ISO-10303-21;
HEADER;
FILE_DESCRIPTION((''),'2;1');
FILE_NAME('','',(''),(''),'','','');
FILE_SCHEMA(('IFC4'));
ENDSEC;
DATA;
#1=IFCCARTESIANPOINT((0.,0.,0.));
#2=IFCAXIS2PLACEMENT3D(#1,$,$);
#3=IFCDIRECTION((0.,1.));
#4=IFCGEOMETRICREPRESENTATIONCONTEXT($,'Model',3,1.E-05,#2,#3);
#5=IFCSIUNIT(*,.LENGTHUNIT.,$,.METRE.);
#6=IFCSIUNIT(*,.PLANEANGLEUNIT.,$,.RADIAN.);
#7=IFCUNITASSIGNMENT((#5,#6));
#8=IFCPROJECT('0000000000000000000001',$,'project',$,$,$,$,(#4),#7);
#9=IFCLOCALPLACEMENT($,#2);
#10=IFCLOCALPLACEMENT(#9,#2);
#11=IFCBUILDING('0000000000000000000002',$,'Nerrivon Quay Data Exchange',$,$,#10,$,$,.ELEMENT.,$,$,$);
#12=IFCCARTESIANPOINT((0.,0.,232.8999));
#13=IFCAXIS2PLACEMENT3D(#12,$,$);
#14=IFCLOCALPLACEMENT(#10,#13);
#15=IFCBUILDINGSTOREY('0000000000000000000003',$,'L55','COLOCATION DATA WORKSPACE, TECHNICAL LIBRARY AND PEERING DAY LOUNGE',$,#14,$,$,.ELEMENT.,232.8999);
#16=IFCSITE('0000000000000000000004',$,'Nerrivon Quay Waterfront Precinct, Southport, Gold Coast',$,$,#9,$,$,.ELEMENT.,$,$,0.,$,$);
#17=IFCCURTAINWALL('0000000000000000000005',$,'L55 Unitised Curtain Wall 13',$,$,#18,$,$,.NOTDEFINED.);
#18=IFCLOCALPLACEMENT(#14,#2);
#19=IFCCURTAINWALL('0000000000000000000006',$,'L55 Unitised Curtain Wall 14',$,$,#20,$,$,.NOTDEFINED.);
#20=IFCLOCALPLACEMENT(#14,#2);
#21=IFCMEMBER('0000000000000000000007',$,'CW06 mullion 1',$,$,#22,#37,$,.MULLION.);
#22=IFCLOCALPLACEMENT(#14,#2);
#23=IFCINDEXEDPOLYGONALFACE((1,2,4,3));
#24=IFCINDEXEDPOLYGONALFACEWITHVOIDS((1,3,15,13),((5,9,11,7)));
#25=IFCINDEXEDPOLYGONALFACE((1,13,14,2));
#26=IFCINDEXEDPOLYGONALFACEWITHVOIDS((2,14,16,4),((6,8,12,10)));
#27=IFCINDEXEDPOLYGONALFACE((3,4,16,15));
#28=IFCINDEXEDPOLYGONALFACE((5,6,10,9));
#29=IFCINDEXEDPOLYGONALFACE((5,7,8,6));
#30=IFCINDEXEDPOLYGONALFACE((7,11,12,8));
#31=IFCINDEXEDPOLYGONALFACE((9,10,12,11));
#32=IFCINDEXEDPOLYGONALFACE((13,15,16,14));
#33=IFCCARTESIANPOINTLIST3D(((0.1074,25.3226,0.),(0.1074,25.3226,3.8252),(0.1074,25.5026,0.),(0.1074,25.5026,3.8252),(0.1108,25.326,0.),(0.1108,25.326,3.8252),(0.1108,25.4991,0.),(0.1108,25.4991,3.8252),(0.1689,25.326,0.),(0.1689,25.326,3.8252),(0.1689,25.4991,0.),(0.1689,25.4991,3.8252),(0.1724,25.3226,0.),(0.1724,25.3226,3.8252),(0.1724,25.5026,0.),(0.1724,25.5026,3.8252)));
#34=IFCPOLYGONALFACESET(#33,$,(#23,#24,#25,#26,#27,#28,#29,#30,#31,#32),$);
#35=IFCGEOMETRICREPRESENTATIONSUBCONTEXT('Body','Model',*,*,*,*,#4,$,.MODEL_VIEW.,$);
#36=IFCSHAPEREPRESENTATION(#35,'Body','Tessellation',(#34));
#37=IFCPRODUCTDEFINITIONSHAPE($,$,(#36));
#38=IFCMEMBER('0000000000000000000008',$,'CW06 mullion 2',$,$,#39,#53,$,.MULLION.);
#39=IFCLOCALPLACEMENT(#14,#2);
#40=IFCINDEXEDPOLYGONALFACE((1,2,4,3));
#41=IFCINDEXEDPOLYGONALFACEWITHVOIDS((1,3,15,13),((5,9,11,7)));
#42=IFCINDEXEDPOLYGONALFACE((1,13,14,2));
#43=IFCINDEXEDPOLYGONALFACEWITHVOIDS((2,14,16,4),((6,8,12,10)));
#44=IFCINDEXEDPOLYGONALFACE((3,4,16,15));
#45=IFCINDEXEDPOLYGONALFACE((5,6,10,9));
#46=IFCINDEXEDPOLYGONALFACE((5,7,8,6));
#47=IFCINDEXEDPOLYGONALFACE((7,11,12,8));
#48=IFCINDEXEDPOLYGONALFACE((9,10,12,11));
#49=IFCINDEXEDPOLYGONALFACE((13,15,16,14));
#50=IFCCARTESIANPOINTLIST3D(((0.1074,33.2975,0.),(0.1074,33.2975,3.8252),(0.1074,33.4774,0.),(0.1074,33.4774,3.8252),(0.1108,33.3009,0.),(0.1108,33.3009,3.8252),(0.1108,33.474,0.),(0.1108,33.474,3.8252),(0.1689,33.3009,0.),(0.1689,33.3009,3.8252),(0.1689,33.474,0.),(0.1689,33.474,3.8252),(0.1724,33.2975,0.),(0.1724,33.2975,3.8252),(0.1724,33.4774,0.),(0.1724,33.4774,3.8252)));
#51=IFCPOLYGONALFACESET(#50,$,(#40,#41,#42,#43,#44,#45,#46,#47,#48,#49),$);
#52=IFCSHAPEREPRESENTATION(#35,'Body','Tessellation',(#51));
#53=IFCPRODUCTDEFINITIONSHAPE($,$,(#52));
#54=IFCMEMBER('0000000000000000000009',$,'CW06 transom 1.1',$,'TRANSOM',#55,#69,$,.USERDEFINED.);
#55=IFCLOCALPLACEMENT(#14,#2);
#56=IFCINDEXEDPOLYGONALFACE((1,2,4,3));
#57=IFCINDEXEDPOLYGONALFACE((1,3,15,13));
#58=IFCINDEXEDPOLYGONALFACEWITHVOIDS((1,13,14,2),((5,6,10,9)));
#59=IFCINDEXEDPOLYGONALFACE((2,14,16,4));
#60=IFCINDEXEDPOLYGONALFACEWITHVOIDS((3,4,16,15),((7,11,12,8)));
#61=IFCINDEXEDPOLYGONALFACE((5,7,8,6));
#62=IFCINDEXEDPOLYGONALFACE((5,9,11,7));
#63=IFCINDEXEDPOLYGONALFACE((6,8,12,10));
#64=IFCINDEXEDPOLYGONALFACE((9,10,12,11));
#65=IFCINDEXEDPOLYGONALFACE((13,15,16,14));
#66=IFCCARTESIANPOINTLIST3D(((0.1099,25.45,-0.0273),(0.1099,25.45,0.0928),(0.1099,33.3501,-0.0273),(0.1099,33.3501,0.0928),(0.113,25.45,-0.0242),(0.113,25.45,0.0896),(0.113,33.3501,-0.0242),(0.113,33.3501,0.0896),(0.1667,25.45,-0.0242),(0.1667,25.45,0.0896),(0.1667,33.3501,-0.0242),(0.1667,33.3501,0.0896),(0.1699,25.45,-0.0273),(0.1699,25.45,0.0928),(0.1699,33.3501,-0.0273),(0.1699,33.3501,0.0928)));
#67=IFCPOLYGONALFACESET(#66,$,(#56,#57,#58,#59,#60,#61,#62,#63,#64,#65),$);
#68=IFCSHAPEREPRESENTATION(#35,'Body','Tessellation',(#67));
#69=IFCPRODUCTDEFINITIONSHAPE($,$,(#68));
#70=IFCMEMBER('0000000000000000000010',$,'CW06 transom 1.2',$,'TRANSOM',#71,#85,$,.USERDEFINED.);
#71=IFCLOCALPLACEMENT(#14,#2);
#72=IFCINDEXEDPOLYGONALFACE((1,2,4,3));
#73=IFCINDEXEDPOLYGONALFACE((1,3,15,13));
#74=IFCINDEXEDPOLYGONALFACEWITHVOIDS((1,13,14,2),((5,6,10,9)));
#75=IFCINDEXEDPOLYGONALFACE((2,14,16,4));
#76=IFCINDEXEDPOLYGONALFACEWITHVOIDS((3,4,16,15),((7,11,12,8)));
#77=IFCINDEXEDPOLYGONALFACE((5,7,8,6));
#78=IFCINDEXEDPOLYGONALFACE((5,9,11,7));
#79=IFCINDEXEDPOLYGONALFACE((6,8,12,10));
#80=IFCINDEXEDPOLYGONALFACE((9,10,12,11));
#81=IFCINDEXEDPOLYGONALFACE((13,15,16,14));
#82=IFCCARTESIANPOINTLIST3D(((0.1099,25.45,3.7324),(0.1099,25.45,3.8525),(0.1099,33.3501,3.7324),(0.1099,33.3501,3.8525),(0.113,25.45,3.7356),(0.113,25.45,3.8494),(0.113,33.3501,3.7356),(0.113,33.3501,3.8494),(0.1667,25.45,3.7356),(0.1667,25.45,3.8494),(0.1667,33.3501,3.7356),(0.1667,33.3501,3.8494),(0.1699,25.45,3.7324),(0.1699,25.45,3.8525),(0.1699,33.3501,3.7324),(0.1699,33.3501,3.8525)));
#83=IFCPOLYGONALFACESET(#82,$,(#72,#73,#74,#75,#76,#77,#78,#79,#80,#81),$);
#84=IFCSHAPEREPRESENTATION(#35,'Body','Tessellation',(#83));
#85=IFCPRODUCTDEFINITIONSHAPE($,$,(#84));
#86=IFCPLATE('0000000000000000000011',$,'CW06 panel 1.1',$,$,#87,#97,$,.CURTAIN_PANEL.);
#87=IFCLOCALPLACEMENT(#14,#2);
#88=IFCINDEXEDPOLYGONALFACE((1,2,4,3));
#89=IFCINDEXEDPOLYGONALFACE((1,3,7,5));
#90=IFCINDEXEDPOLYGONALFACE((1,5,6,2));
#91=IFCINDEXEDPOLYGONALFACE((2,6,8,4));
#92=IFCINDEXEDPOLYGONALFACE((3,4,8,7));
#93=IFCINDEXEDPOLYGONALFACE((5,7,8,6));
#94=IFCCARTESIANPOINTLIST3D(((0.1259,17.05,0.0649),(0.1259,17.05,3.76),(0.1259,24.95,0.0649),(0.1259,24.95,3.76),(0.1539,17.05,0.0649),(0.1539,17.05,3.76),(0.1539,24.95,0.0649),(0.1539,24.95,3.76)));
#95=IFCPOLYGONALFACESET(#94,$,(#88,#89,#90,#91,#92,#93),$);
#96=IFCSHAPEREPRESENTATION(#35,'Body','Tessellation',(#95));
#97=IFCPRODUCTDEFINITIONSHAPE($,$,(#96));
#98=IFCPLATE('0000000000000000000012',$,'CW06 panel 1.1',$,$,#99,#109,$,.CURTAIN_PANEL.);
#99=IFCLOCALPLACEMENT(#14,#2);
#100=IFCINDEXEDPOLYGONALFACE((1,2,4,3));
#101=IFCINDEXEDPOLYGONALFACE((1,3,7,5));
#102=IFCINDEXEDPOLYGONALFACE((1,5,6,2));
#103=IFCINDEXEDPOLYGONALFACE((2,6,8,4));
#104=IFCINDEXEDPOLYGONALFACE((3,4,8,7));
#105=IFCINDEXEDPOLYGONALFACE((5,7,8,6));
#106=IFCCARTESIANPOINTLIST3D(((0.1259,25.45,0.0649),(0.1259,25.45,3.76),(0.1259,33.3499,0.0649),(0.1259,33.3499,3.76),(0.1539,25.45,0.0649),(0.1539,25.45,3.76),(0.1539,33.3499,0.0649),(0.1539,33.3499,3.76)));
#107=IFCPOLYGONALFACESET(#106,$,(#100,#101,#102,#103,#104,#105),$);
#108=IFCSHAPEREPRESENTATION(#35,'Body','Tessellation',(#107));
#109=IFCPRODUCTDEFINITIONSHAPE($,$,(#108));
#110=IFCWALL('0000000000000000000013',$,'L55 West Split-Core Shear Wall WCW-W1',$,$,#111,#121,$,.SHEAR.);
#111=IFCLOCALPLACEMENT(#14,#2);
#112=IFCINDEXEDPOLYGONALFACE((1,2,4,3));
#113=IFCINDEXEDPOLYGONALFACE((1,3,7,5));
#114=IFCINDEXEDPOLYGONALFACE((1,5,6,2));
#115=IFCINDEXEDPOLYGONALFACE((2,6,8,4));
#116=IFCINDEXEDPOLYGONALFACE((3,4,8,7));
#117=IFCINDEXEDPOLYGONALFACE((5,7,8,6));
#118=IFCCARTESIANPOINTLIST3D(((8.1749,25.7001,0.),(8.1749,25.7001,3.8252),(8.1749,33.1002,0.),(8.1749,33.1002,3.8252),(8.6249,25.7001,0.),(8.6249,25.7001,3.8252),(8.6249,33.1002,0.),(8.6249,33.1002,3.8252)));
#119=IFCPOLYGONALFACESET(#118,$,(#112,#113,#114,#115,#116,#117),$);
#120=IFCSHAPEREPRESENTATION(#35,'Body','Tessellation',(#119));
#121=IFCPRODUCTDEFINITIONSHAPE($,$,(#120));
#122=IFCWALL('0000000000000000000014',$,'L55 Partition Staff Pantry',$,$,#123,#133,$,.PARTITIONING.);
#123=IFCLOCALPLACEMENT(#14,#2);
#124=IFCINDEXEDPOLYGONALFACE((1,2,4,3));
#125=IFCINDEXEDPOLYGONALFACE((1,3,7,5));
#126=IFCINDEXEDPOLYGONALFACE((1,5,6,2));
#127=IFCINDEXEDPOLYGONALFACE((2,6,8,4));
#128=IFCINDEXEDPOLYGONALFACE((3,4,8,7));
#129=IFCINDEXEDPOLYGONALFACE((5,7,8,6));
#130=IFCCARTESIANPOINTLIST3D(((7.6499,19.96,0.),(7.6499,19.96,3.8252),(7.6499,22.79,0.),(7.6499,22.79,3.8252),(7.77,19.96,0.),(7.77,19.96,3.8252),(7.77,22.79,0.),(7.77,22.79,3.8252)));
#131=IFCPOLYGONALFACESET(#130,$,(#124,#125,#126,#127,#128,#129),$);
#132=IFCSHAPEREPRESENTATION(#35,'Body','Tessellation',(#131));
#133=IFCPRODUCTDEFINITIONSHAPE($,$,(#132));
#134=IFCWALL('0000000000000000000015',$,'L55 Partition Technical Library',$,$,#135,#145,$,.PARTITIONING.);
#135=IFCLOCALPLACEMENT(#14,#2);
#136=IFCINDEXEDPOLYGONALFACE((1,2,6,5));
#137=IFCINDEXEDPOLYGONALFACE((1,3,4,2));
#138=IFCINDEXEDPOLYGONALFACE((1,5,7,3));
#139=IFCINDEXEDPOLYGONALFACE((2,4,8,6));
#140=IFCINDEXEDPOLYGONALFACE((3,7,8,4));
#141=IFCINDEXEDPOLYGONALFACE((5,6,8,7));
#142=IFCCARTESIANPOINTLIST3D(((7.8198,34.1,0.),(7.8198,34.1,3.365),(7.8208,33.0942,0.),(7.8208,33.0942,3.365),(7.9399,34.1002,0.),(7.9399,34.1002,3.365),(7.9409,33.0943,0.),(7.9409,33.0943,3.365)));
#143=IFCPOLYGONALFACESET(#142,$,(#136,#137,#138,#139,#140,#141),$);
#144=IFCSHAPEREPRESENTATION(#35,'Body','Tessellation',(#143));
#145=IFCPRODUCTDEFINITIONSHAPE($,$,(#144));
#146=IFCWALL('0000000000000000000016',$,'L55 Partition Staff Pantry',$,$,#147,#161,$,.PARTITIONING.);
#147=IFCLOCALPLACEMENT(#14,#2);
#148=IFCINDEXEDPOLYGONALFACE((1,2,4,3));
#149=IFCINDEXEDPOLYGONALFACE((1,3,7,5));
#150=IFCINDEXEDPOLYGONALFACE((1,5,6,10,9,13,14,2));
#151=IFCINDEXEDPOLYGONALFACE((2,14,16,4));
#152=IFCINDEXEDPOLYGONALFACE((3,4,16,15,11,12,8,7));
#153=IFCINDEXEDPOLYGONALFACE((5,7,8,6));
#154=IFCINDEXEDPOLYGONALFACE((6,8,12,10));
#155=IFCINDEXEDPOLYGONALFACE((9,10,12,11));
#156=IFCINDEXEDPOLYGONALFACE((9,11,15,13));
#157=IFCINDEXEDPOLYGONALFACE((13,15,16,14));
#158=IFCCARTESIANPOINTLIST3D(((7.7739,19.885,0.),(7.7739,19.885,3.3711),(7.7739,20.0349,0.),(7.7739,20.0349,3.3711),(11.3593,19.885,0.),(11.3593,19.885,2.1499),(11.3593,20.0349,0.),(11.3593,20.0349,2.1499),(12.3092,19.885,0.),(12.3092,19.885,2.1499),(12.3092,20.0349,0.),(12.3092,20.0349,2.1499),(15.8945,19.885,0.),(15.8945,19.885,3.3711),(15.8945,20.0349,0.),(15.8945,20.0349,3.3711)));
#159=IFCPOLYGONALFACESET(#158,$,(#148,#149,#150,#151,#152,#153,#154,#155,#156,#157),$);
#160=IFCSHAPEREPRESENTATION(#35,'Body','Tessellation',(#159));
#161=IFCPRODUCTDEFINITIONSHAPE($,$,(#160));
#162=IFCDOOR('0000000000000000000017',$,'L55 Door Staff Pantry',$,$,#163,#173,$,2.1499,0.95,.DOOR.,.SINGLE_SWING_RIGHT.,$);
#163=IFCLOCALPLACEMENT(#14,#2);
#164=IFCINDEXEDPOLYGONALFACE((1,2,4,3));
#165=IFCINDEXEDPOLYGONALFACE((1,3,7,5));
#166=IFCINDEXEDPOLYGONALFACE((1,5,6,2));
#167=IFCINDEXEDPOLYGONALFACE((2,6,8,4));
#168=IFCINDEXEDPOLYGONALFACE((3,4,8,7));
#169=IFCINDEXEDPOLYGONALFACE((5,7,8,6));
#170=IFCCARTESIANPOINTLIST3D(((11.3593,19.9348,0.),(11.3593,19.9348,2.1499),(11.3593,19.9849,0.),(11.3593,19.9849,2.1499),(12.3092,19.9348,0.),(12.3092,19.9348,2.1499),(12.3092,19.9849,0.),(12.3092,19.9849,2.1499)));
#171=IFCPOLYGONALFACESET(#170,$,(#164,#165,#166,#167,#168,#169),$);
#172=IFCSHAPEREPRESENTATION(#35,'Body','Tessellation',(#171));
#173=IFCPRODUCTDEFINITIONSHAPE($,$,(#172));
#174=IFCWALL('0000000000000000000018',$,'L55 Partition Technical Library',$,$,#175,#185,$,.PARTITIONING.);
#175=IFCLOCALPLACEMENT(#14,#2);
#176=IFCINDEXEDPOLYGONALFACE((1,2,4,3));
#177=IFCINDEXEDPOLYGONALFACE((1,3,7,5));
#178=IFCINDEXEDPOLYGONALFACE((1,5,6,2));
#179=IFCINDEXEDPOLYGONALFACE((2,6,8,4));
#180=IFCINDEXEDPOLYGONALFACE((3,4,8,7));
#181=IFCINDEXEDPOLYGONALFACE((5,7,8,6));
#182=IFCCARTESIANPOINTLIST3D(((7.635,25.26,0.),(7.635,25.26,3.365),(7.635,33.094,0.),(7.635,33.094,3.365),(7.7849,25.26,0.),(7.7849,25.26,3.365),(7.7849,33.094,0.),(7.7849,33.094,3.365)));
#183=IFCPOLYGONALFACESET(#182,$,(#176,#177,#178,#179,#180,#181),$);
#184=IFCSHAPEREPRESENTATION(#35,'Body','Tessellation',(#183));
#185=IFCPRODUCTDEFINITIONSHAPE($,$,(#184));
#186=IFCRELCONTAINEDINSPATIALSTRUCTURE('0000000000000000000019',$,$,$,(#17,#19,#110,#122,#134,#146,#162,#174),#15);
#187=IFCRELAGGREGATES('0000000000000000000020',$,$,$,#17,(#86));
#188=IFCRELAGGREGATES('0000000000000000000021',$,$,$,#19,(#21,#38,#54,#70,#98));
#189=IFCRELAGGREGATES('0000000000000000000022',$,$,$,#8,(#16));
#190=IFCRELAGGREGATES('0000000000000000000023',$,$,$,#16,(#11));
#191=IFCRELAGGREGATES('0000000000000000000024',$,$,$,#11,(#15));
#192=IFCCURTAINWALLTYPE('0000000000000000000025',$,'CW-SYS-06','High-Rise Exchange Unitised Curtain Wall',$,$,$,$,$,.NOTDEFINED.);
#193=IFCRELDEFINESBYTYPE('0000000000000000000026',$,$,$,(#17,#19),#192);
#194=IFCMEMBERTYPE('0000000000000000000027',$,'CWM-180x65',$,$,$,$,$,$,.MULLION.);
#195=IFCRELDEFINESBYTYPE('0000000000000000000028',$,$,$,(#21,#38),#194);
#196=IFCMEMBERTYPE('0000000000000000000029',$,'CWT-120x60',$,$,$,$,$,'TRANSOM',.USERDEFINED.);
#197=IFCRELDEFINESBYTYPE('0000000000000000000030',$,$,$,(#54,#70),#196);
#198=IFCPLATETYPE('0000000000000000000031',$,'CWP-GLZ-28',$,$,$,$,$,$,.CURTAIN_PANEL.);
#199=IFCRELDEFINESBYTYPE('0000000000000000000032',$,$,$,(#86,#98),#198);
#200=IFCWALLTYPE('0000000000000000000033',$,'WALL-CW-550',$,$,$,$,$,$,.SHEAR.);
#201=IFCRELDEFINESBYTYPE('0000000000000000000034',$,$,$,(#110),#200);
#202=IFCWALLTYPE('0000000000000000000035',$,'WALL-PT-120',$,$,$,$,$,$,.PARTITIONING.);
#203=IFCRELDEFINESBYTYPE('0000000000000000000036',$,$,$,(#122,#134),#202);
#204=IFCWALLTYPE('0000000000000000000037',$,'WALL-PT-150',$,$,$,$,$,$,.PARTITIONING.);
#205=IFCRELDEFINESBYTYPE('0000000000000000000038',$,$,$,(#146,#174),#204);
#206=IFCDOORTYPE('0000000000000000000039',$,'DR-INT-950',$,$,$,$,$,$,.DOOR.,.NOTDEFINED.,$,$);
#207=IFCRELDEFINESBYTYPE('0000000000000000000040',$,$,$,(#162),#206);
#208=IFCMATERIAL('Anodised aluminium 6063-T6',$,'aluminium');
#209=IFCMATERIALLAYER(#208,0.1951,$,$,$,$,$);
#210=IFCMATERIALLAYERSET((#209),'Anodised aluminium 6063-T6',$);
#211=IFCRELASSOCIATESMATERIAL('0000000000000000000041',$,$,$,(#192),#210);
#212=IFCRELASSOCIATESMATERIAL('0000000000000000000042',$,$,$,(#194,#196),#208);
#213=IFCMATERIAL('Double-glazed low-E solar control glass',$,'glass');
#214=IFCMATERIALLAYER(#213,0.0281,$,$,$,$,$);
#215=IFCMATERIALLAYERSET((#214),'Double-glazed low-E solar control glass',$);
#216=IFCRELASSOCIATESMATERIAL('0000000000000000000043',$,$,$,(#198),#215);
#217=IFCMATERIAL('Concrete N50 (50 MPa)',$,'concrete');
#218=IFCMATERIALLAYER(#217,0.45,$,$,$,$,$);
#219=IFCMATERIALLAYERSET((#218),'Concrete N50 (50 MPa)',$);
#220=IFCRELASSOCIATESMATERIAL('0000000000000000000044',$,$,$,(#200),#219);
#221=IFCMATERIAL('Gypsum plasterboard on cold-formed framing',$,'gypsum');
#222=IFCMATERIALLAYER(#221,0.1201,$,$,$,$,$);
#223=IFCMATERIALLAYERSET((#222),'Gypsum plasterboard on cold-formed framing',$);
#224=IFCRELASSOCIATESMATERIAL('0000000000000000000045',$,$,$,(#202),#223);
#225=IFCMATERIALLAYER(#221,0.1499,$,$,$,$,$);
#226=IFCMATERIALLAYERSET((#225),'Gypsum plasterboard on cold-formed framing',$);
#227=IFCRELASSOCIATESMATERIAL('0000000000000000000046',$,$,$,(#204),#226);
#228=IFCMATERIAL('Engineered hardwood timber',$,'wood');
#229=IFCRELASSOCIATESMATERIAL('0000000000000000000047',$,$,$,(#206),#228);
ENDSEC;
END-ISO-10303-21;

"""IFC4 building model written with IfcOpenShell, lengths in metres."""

from ifc_helpers import new_model, si_unit, direction, frame, frame_2d, origin, origin_2d, place, context, subcontext, project, spatial, rectangle, hollow_rectangle, extrude, material, layer, layer_set, material_profile, profile_set, type_object, element, fill, aggregate, save


model = new_model("IFC4")

# Units and contexts
model_context = context("Model", 3, precision=1e-05, world=origin(), true_north=direction((0.0, 1.0)))
body_context = subcontext(model_context, "Body", "Model", "MODEL_VIEW")
ifc_project = project(units=[si_unit("LENGTHUNIT", "METRE"), si_unit("PLANEANGLEUNIT", "RADIAN")], contexts=[model_context])

# Site, building, storey
site_placement = place(None, origin())
site = spatial("IfcSite", under=ifc_project, at=site_placement, Name="Nerrivon Quay Waterfront Precinct, Southport, Gold Coast", CompositionType="ELEMENT", RefElevation=0.0)
building_placement = place(site_placement, origin())
building = spatial("IfcBuilding", under=site, at=building_placement, Name="Nerrivon Quay Data Exchange", CompositionType="ELEMENT")
storey_placement = place(building_placement, frame((0.0, 0.0, 232.8999)))
storey = spatial("IfcBuildingStorey", under=building, at=storey_placement, Name="L55", Description="COLOCATION DATA WORKSPACE, TECHNICAL LIBRARY AND PEERING DAY LOUNGE", CompositionType="ELEMENT", Elevation=232.8999)

# Curtain wall
ifc_material_1 = material(Name="Anodised aluminium 6063-T6", Category="aluminium")
ifc_layer_1 = layer(ifc_material_1, 0.1951)
ifc_layer_set_1 = layer_set([ifc_layer_1], Name="Anodised aluminium 6063-T6")
curtain_wall_type = type_object("IfcCurtainWallType", Name="CW-SYS-06", Description="High-Rise Exchange Unitised Curtain Wall", PredefinedType="NOTDEFINED", material=ifc_layer_set_1)
curtain_wall_1_placement = place(storey_placement, origin())
curtain_wall_1 = element("IfcCurtainWall", 1, at=curtain_wall_1_placement, inside=storey, type_object=curtain_wall_type, Name="L55 Unitised Curtain Wall 13", PredefinedType="NOTDEFINED")
ifc_material_profile_1 = material_profile(ifc_material_1, hollow_rectangle(XDim=0.0649, YDim=0.1799, WallThickness=0.0034, at=origin_2d()), Name="ALU-MULL-180x65")
ifc_profile_set_1 = profile_set([ifc_material_profile_1], Name="Anodised aluminium 6063-T6")
member_type_1 = type_object("IfcMemberType", Name="CWM-180x65", PredefinedType="MULLION", material=ifc_profile_set_1)

# Curtain wall, members
curtain_wall_2_placement = place(storey_placement, origin())
curtain_wall_2 = element("IfcCurtainWall", 2, at=curtain_wall_2_placement, inside=storey, type_object=curtain_wall_type, Name="L55 Unitised Curtain Wall 14", PredefinedType="NOTDEFINED")
member_1_placement = place(storey_placement, frame((0.1399, 25.4126, 0.0), z_axis=(0.0, 0.0, 1.0), x_axis=(-1.0, 0.0, 0.0)))
member_1 = element("IfcMember", 3, at=member_1_placement, type_object=member_type_1, Name="CW06 mullion 1", PredefinedType="MULLION", context=body_context, shape_type="SweptSolid", body=[
    extrude(hollow_rectangle(XDim=0.0649, YDim=0.1799, WallThickness=0.0034, at=origin_2d()), origin(), (0.0, 0.0, 1.0), 3.8252),
])
member_2_placement = place(storey_placement, frame((0.1399, 33.3875, 0.0), z_axis=(0.0, 0.0, 1.0), x_axis=(-1.0, 0.0, 0.0)))
member_2 = element("IfcMember", 4, at=member_2_placement, type_object=member_type_1, Name="CW06 mullion 2", PredefinedType="MULLION", context=body_context, shape_type="SweptSolid", body=[
    extrude(hollow_rectangle(XDim=0.0649, YDim=0.1799, WallThickness=0.0034, at=origin_2d()), origin(), (0.0, 0.0, 1.0), 3.8252),
])
ifc_material_profile_2 = material_profile(ifc_material_1, hollow_rectangle(XDim=0.0601, YDim=0.1201, WallThickness=0.0032, at=origin_2d()), Name="ALU-TRAN-120x60")
ifc_profile_set_2 = profile_set([ifc_material_profile_2], Name="Anodised aluminium 6063-T6")
member_type_2 = type_object("IfcMemberType", Name="CWT-120x60", ElementType="TRANSOM", PredefinedType="USERDEFINED", material=ifc_profile_set_2)
member_3_placement = place(storey_placement, frame((0.1399, 25.45, 0.0327), z_axis=(0.0, 1.0, 0.0), x_axis=(-1.0, 0.0, 0.0)))
member_3 = element("IfcMember", 5, at=member_3_placement, type_object=member_type_2, Name="CW06 transom 1.1", ObjectType="TRANSOM", PredefinedType="USERDEFINED", context=body_context, shape_type="SweptSolid", body=[
    extrude(hollow_rectangle(XDim=0.0601, YDim=0.1201, WallThickness=0.0032, at=origin_2d()), origin(), (0.0, 0.0, 1.0), 7.9001),
])
member_4_placement = place(storey_placement, frame((0.1399, 25.45, 3.7925), z_axis=(0.0, 1.0, 0.0), x_axis=(-1.0, 0.0, 0.0)))
member_4 = element("IfcMember", 6, at=member_4_placement, type_object=member_type_2, Name="CW06 transom 1.2", ObjectType="TRANSOM", PredefinedType="USERDEFINED", context=body_context, shape_type="SweptSolid", body=[
    extrude(hollow_rectangle(XDim=0.0601, YDim=0.1201, WallThickness=0.0032, at=origin_2d()), origin(), (0.0, 0.0, 1.0), 7.9001),
])

# Plates
ifc_material_2 = material(Name="Double-glazed low-E solar control glass", Category="glass")
ifc_layer_2 = layer(ifc_material_2, 0.0281)
ifc_layer_set_2 = layer_set([ifc_layer_2], Name="Double-glazed low-E solar control glass")
plate_type = type_object("IfcPlateType", Name="CWP-GLZ-28", PredefinedType="CURTAIN_PANEL", material=ifc_layer_set_2)
plate_1_placement = place(storey_placement, frame((0.1399, 21.0, 0.0649), z_axis=(0.0, 0.0, 1.0), x_axis=(0.0, 1.0, 0.0)))
plate_1 = element("IfcPlate", 7, at=plate_1_placement, type_object=plate_type, Name="CW06 panel 1.1", PredefinedType="CURTAIN_PANEL", context=body_context, shape_type="SweptSolid", body=[
    extrude(rectangle(XDim=7.8999, YDim=0.0281, at=origin_2d()), origin(), (0.0, 0.0, 1.0), 3.6951),
])
aggregate(curtain_wall_1, [plate_1])
plate_2_placement = place(storey_placement, frame((0.1399, 29.3999, 0.0649), z_axis=(0.0, 0.0, 1.0), x_axis=(0.0, 1.0, 0.0)))
plate_2 = element("IfcPlate", 8, at=plate_2_placement, type_object=plate_type, Name="CW06 panel 1.1", PredefinedType="CURTAIN_PANEL", context=body_context, shape_type="SweptSolid", body=[
    extrude(rectangle(XDim=7.8999, YDim=0.0281, at=origin_2d()), origin(), (0.0, 0.0, 1.0), 3.6951),
])
aggregate(curtain_wall_2, [member_1, member_2, member_3, member_4, plate_2])

# Walls
ifc_material_3 = material(Name="Concrete N50 (50 MPa)", Category="concrete")
ifc_layer_3 = layer(ifc_material_3, 0.45)
ifc_layer_set_3 = layer_set([ifc_layer_3], Name="Concrete N50 (50 MPa)")
wall_type_1 = type_object("IfcWallType", Name="WALL-CW-550", PredefinedType="SHEAR", material=ifc_layer_set_3)
wall_1_placement = place(storey_placement, frame((8.3999, 25.7, 0.0), z_axis=(0.0, 0.0, 1.0), x_axis=(0.0, 1.0, 0.0)))
element("IfcWall", 9, at=wall_1_placement, inside=storey, type_object=wall_type_1, Name="L55 West Split-Core Shear Wall WCW-W1", PredefinedType="SHEAR", context=body_context, shape_type="SweptSolid", body=[
    extrude(rectangle(XDim=7.4001, YDim=0.45, at=frame_2d((3.7002, 0.0))), origin(), (0.0, 0.0, 1.0), 3.8252),
])
ifc_material_4 = material(Name="Gypsum plasterboard on cold-formed framing", Category="gypsum")
ifc_layer_4 = layer(ifc_material_4, 0.1201)
ifc_layer_set_4 = layer_set([ifc_layer_4], Name="Gypsum plasterboard on cold-formed framing")
wall_type_2 = type_object("IfcWallType", Name="WALL-PT-120", PredefinedType="PARTITIONING", material=ifc_layer_set_4)
wall_2_placement = place(storey_placement, frame((7.71, 22.79, 0.0), z_axis=(0.0, 0.0, 1.0), x_axis=(0.0, -1.0, 0.0)))
element("IfcWall", 10, at=wall_2_placement, inside=storey, type_object=wall_type_2, Name="L55 Partition Staff Pantry", PredefinedType="PARTITIONING", context=body_context, shape_type="SweptSolid", body=[
    extrude(rectangle(XDim=2.8301, YDim=0.1201, at=frame_2d((1.415, 0.0))), origin(), (0.0, 0.0, 1.0), 3.8252),
])
wall_3_placement = place(storey_placement, frame((7.8809, 33.0942, 0.0), z_axis=(0.0, 0.0, 1.0), x_axis=(-0.000971, 1.0, 0.0)))
element("IfcWall", 11, at=wall_3_placement, inside=storey, type_object=wall_type_2, Name="L55 Partition Technical Library", PredefinedType="PARTITIONING", context=body_context, shape_type="SweptSolid", body=[
    extrude(rectangle(XDim=1.0059, YDim=0.1201, at=frame_2d((0.5029, 0.0))), origin(), (0.0, 0.0, 1.0), 3.365),
])

# Wall, opening, door
ifc_layer_5 = layer(ifc_material_4, 0.1499)
ifc_layer_set_5 = layer_set([ifc_layer_5], Name="Gypsum plasterboard on cold-formed framing")
wall_type_3 = type_object("IfcWallType", Name="WALL-PT-150", PredefinedType="PARTITIONING", material=ifc_layer_set_5)
wall_4_placement = place(storey_placement, frame((7.7739, 19.96, 0.0), z_axis=(0.0, 0.0, 1.0), x_axis=(1.0, 0.0, 0.0)))
wall_4 = element("IfcWall", 12, at=wall_4_placement, inside=storey, type_object=wall_type_3, Name="L55 Partition Staff Pantry", PredefinedType="PARTITIONING", context=body_context, shape_type="SweptSolid", body=[
    extrude(rectangle(XDim=8.1206, YDim=0.1499, at=frame_2d((4.0603, 0.0))), origin(), (0.0, 0.0, 1.0), 3.3711),
])
opening_placement = place(wall_4_placement, frame((3.5852, 0.0, 0.0)))
opening = element("IfcOpeningElement", 13, at=opening_placement, cuts=wall_4, PredefinedType="OPENING", context=body_context, shape_type="SweptSolid", body=[
    extrude(rectangle(XDim=0.95, YDim=2.1499, at=frame_2d((0.4751, 1.075))), frame((0.0, 0.085, 0.0), z_axis=(0.0, -1.0, 0.0), x_axis=(1.0, 0.0, 0.0)), (0.0, 0.0, 1.0), 0.1699),
])
ifc_material_5 = material(Name="Engineered hardwood timber", Category="wood")
door_type = type_object("IfcDoorType", Name="DR-INT-950", OperationType="NOTDEFINED", PredefinedType="DOOR", material=ifc_material_5)
door_placement = place(opening_placement, origin())
door = element("IfcDoor", 14, at=door_placement, inside=storey, type_object=door_type, Name="L55 Door Staff Pantry", OperationType="SINGLE_SWING_RIGHT", OverallHeight=2.1499, OverallWidth=0.95, PredefinedType="DOOR", context=body_context, shape_type="SweptSolid", body=[
    extrude(rectangle(XDim=0.95, YDim=2.1499, at=frame_2d((0.4751, 1.075))), frame((0.0, 0.0249, 0.0), z_axis=(0.0, -1.0, 0.0), x_axis=(1.0, 0.0, 0.0)), (0.0, 0.0, 1.0), 0.05),
])
fill(opening, door)

# Wall
wall_5_placement = place(storey_placement, frame((7.71, 33.094, 0.0), z_axis=(0.0, 0.0, 1.0), x_axis=(0.0, -1.0, 0.0)))
element("IfcWall", 15, at=wall_5_placement, inside=storey, type_object=wall_type_3, Name="L55 Partition Technical Library", PredefinedType="PARTITIONING", context=body_context, shape_type="SweptSolid", body=[
    extrude(rectangle(XDim=7.834, YDim=0.1499, at=frame_2d((3.917, 0.0))), origin(), (0.0, 0.0, 1.0), 3.365),
])

save(model, "model.ifc")
